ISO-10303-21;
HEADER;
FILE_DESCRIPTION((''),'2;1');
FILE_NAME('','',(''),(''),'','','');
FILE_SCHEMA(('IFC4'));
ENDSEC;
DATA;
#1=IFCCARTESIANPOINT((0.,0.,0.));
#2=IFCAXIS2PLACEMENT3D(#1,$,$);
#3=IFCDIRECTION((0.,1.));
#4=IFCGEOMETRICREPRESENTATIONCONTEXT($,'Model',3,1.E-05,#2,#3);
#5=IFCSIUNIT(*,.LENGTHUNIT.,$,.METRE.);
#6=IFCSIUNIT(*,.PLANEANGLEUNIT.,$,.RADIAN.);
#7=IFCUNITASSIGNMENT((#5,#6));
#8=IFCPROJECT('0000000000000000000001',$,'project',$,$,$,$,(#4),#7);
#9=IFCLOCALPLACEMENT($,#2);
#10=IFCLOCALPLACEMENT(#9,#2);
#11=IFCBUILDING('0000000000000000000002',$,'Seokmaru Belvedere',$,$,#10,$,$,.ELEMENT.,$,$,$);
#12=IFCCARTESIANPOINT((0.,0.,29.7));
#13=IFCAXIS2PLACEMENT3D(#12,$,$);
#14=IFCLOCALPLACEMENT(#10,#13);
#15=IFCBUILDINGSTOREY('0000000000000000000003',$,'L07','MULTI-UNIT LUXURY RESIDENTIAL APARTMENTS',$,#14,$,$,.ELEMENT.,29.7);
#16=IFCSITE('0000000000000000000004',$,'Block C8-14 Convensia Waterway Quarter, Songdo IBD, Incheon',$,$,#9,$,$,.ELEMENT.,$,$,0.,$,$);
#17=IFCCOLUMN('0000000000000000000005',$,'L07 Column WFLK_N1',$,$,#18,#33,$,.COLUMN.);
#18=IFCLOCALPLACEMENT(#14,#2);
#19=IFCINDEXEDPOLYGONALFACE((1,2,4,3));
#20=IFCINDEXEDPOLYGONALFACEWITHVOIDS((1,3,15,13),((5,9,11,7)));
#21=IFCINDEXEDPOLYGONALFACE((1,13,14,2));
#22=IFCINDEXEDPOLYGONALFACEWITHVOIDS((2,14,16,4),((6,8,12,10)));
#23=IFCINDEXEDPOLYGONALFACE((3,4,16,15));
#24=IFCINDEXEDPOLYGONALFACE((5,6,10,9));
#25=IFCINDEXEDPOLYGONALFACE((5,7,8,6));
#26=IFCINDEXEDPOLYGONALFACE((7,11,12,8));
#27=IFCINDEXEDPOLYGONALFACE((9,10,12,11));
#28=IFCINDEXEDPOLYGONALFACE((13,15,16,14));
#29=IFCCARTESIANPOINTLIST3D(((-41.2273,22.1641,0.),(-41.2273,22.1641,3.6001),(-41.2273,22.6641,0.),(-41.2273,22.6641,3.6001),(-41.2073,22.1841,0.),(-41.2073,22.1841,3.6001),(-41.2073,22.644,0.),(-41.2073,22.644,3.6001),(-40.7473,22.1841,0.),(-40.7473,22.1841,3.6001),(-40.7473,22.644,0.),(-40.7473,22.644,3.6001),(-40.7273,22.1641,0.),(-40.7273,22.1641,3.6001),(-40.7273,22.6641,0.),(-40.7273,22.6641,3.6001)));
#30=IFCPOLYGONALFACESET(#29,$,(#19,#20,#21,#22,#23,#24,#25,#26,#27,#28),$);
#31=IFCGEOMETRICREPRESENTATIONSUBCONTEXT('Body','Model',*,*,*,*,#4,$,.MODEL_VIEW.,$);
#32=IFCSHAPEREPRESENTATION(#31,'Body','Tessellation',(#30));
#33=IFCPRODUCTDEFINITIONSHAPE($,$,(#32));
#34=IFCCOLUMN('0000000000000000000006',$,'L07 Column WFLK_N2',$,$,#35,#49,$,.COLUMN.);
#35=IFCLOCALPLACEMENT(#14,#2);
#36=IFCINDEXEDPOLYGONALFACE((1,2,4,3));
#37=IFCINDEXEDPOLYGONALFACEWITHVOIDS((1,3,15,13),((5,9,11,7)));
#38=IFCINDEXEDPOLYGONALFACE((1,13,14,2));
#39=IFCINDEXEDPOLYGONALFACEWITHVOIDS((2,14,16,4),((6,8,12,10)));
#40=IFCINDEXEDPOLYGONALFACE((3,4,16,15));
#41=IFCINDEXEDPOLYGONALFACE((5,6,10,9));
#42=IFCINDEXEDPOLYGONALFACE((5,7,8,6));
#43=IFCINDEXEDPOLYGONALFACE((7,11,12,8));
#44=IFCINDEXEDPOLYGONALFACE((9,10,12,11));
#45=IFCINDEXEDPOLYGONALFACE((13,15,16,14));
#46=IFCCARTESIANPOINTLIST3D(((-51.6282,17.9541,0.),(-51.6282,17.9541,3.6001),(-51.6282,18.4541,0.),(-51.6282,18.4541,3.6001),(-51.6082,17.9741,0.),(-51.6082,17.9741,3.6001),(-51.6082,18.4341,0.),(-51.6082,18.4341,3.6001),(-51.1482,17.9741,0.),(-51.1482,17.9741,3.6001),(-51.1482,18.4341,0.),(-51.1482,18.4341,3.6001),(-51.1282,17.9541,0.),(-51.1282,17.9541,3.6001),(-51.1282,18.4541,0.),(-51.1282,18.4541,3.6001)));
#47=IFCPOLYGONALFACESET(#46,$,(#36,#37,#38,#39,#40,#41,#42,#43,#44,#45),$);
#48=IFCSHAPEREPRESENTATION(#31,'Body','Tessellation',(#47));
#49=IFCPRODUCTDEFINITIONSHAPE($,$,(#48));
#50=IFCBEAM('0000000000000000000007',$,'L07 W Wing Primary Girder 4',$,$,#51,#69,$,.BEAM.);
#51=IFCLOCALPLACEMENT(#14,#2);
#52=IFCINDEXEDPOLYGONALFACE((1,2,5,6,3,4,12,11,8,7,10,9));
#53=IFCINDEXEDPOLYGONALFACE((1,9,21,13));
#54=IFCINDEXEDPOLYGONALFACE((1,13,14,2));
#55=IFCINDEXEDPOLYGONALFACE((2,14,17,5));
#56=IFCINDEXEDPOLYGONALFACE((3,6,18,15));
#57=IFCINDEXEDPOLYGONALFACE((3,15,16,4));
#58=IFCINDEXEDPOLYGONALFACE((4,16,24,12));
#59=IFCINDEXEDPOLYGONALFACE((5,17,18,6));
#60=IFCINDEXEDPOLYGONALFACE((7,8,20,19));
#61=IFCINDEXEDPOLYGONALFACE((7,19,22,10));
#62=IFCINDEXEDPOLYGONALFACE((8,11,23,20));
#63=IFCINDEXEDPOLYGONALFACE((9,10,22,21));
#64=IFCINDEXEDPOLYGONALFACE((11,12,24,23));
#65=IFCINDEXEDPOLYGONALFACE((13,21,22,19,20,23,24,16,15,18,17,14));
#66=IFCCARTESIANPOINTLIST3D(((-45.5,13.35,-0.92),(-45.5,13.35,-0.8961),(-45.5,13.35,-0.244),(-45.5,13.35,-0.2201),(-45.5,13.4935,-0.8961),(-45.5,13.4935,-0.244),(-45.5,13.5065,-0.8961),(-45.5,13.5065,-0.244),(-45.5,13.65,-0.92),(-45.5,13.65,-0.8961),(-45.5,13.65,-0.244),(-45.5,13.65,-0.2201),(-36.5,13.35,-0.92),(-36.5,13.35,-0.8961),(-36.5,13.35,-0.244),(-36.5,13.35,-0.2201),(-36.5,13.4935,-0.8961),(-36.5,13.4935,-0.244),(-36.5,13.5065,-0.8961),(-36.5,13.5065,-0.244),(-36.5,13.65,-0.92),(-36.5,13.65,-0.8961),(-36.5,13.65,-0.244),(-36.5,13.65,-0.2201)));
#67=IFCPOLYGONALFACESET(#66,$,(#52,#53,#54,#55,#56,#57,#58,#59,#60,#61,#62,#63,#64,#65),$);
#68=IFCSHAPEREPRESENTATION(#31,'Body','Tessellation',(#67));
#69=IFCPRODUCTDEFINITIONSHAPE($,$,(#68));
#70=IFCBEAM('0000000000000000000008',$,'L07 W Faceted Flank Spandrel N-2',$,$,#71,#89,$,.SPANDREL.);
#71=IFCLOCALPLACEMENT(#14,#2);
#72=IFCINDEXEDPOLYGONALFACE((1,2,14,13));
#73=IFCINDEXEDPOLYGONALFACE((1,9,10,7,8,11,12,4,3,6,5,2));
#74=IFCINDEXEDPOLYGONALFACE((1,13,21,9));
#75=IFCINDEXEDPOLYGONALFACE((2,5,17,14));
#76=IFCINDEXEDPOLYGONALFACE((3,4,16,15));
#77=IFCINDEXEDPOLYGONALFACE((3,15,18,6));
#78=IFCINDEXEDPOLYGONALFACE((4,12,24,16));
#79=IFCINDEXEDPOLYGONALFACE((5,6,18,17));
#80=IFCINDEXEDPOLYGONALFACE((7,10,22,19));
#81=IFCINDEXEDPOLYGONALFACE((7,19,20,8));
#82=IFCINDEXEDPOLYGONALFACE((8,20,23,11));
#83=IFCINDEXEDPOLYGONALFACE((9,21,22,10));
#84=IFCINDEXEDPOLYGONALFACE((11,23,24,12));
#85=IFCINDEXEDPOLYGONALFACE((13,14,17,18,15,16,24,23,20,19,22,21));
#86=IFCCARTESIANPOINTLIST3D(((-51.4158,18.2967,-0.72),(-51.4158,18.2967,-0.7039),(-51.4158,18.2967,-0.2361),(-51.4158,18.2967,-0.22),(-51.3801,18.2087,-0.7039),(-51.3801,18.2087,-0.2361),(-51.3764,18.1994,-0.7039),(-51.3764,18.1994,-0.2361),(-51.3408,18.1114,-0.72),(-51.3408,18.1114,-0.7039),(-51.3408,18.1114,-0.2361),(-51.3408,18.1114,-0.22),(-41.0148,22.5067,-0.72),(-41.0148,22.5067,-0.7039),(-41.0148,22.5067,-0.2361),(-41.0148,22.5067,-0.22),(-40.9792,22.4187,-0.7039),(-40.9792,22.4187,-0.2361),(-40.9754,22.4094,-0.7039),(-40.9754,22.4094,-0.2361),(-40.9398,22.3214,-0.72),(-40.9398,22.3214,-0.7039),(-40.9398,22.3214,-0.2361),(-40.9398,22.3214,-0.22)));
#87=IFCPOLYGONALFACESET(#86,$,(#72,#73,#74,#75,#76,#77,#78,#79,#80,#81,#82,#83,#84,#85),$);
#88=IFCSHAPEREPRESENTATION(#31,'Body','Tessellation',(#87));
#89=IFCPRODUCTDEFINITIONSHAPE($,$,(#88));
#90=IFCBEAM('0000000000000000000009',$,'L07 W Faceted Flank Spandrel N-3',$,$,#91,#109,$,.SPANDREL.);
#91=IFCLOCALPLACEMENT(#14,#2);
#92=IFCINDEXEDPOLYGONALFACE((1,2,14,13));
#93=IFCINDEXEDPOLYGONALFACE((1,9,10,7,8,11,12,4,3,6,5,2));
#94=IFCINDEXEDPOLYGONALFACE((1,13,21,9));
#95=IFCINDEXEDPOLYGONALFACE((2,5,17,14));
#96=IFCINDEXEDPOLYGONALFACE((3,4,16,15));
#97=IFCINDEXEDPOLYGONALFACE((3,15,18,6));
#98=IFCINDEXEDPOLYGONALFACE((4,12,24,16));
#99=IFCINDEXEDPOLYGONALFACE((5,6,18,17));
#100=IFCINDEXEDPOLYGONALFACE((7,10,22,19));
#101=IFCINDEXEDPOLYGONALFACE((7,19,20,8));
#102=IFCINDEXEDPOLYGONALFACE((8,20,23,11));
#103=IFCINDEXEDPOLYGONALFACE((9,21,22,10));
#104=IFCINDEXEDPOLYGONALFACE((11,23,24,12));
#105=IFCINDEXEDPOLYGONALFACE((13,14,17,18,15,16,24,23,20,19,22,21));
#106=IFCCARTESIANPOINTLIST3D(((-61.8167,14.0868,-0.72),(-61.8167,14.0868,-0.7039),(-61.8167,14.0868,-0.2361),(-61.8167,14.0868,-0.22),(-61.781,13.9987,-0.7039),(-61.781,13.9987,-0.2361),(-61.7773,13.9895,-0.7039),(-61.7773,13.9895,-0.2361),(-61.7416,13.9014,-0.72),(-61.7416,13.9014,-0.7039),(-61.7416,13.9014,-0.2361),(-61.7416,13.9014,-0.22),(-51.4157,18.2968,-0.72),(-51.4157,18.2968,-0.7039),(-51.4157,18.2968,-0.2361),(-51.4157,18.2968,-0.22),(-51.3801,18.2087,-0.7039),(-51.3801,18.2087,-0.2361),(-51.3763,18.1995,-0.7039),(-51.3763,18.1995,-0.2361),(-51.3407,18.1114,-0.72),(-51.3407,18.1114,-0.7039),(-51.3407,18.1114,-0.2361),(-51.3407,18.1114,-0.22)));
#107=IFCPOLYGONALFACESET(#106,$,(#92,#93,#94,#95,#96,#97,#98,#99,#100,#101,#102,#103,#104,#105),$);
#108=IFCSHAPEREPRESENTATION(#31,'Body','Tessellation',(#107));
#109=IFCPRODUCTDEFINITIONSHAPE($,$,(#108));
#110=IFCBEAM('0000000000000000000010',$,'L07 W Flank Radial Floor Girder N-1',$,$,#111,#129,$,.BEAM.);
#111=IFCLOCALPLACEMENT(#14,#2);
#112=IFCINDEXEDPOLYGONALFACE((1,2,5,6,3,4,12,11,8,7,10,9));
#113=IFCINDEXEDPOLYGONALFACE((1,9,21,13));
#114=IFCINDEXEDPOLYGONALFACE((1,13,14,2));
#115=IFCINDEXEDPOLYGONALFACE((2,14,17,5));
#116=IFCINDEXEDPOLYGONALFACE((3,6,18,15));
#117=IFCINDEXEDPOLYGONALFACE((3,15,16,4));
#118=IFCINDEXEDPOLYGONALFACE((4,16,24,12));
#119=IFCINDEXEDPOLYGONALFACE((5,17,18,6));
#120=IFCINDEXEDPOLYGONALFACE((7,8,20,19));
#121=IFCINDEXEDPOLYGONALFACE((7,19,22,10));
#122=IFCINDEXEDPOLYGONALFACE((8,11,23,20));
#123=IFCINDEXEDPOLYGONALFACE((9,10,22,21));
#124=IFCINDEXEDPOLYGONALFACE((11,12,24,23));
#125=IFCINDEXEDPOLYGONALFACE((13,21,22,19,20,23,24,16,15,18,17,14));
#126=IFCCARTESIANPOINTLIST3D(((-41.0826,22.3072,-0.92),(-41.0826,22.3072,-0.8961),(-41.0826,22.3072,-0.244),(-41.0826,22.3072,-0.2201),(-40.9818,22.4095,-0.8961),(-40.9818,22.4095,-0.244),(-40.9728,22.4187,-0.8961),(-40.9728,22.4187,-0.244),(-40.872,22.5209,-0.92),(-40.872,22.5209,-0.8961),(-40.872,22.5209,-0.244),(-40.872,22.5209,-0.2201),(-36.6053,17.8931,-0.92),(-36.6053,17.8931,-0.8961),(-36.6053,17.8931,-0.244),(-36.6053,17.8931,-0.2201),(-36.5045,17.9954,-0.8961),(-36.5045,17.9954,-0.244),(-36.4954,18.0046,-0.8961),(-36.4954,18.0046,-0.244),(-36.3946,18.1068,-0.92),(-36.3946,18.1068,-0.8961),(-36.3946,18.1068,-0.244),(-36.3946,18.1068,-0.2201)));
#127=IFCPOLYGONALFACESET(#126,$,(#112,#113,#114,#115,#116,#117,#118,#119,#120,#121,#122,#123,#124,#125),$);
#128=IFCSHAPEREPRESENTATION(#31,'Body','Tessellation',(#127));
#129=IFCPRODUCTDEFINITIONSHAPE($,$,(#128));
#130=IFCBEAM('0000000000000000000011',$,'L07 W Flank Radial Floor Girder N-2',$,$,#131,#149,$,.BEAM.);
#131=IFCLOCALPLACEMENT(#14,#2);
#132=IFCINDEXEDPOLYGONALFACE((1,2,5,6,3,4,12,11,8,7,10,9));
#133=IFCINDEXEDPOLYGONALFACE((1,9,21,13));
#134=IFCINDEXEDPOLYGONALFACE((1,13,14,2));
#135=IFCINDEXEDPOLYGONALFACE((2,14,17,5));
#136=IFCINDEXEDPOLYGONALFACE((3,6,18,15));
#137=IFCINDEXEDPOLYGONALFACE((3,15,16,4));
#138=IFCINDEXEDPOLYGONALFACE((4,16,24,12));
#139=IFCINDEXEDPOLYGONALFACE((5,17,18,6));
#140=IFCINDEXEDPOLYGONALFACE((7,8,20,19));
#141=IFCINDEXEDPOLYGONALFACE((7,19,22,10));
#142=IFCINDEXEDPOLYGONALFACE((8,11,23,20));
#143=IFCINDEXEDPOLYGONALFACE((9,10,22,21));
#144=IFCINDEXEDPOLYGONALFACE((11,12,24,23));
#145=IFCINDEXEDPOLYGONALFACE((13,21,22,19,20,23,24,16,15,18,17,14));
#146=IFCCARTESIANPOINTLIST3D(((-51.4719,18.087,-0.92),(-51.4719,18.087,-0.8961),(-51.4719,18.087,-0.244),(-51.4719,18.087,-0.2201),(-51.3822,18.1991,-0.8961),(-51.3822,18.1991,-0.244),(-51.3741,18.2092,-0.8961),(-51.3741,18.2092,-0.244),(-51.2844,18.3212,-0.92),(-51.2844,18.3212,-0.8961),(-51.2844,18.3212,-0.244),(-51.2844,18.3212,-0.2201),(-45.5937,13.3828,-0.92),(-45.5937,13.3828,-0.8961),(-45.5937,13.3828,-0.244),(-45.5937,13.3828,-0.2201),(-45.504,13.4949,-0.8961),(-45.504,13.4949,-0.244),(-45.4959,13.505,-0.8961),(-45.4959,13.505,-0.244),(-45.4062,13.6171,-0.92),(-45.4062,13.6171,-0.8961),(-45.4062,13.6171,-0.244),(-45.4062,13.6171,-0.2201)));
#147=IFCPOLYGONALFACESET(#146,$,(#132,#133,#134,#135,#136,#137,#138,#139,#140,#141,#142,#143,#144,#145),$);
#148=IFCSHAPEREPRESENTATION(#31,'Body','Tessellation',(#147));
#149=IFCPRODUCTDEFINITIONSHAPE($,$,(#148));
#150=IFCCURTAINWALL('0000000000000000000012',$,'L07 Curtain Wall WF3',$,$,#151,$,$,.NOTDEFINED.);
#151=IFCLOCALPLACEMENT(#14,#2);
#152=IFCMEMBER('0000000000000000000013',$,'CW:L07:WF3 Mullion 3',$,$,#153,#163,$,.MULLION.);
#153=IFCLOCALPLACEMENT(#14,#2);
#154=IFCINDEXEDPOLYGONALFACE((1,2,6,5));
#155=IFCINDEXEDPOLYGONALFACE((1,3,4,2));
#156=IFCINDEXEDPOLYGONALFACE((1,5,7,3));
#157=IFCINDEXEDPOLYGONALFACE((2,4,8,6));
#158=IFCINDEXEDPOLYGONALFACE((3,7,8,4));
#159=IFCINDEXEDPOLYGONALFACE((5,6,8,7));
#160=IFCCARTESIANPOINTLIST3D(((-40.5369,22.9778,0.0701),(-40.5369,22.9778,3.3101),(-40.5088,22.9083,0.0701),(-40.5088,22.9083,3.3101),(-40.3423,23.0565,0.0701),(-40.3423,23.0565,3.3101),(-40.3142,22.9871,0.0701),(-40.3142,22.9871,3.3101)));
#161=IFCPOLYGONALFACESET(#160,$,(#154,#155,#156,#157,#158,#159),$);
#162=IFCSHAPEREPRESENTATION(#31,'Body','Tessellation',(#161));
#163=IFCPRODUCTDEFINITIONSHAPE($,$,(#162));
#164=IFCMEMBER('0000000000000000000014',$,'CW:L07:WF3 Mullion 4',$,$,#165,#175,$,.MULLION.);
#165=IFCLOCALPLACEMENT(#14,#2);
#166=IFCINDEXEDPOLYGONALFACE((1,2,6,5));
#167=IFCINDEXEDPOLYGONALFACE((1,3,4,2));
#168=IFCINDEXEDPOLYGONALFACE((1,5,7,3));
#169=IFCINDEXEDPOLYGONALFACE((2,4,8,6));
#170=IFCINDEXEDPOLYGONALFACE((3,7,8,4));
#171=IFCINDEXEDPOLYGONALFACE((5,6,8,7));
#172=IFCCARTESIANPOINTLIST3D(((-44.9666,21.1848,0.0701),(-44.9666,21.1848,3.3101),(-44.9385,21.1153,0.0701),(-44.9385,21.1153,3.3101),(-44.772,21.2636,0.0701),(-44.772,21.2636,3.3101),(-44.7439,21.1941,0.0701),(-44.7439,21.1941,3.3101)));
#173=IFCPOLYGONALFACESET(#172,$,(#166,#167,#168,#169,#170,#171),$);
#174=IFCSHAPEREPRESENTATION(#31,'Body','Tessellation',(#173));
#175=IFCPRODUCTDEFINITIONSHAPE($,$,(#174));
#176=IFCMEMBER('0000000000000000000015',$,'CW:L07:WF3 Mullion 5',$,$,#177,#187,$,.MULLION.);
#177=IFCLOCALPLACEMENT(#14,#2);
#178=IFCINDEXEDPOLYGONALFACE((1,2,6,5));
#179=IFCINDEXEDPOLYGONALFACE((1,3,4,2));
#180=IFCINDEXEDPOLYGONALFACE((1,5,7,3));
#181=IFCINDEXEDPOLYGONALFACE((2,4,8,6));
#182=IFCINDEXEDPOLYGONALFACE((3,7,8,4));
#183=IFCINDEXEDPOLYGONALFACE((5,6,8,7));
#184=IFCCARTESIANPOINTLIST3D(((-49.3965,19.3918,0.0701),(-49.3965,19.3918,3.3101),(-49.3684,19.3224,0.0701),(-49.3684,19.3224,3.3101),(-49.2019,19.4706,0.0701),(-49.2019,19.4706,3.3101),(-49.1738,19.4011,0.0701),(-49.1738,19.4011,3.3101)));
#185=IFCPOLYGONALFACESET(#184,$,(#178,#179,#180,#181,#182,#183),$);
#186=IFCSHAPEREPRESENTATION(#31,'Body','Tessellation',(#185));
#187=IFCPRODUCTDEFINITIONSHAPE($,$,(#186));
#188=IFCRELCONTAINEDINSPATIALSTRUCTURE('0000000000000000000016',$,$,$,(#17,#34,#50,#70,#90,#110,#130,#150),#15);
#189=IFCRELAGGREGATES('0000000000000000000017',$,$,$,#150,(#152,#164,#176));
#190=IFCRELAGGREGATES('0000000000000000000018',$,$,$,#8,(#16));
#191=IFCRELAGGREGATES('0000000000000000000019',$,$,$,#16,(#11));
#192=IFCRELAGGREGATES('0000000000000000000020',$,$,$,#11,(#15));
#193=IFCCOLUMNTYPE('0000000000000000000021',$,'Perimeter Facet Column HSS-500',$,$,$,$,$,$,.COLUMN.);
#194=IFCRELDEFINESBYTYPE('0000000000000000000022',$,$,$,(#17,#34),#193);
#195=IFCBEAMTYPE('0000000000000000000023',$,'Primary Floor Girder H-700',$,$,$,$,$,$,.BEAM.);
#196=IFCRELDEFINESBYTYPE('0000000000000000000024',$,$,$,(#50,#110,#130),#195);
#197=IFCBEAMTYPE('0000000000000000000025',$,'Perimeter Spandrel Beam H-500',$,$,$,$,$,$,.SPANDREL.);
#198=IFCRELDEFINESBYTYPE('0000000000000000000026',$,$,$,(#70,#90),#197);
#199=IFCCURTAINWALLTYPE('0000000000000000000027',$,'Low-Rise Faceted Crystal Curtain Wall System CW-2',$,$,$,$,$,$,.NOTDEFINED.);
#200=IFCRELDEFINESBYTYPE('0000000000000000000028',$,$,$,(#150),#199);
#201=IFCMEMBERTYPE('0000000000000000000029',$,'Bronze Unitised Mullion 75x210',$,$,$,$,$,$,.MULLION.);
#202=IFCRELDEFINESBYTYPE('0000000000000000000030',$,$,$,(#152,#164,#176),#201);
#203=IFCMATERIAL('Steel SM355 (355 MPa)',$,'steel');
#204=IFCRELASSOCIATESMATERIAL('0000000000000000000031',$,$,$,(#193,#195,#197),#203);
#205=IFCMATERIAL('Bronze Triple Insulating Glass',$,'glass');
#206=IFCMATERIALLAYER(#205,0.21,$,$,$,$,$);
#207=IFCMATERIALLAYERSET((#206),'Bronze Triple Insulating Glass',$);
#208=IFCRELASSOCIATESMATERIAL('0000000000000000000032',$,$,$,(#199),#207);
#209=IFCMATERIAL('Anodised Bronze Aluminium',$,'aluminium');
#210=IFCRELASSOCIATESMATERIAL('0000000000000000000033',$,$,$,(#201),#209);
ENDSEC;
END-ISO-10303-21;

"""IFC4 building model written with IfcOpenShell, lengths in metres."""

from ifc_helpers import new_model, si_unit, direction, frame, origin, origin_2d, place, context, subcontext, project, spatial, rectangle, hollow_rectangle, i_section, extrude, source, transform, mapped, material, layer, layer_set, material_profile, profile_set, type_object, type_shapes, element, aggregate, save


model = new_model("IFC4")

# Units and contexts
model_context = context("Model", 3, precision=1e-05, world=origin(), true_north=direction((0.0, 1.0)))
body_context = subcontext(model_context, "Body", "Model", "MODEL_VIEW")
ifc_project = project(units=[si_unit("LENGTHUNIT", "METRE"), si_unit("PLANEANGLEUNIT", "RADIAN")], contexts=[model_context])

# Site, building, storey
site_placement = place(None, origin())
site = spatial("IfcSite", under=ifc_project, at=site_placement, Name="Block C8-14 Convensia Waterway Quarter, Songdo IBD, Incheon", CompositionType="ELEMENT", RefElevation=0.0)
building_placement = place(site_placement, origin())
building = spatial("IfcBuilding", under=site, at=building_placement, Name="Seokmaru Belvedere", CompositionType="ELEMENT")
storey_placement = place(building_placement, frame((0.0, 0.0, 29.7)))
storey = spatial("IfcBuildingStorey", under=building, at=storey_placement, Name="L07", Description="MULTI-UNIT LUXURY RESIDENTIAL APARTMENTS", CompositionType="ELEMENT", Elevation=29.7)

# Columns
ifc_material_1 = material(Name="Steel SM355 (355 MPa)", Category="steel")
ifc_material_profile_1 = material_profile(ifc_material_1, hollow_rectangle(XDim=0.5, YDim=0.5, WallThickness=0.02, at=origin_2d()), Name="HSS-500x500x20")
ifc_profile_set_1 = profile_set([ifc_material_profile_1], Name="Steel SM355 (355 MPa)")
column_type = type_object("IfcColumnType", Name="Perimeter Facet Column HSS-500", PredefinedType="COLUMN", material=ifc_profile_set_1)
shared_shape_1 = source(origin(), body_context, "Body", "SweptSolid", [
    extrude(hollow_rectangle(XDim=0.5, YDim=0.5, WallThickness=0.02, at=origin_2d()), origin(), (0.0, 0.0, 1.0), 3.6001),
])
type_shapes(column_type, [shared_shape_1])
for number, where, z_axis, x_axis, name in (
    (1, (-40.9773, 22.4141, 0.0), (0.0, 0.0, 1.0), (1.0, 0.0, 0.0), "L07 Column WFLK_N1"),
    (2, (-51.3782, 18.2041, 0.0), (0.0, 0.0, 1.0), (1.0, 0.0, 0.0), "L07 Column WFLK_N2"),
):
    element("IfcColumn", number, at=place(storey_placement, frame(where, z_axis=z_axis, x_axis=x_axis)), inside=storey, type_object=column_type, Name=name, PredefinedType="COLUMN", context=body_context, shape_type="MappedRepresentation", body=[
        mapped(shared_shape_1, transform((0.0, 0.0, 0.0), scale=1.0)),
    ])

# Beams
ifc_material_profile_2 = material_profile(ifc_material_1, i_section(OverallWidth=0.3, OverallDepth=0.7, WebThickness=0.0129, FlangeThickness=0.0239, at=origin_2d()), Name="H-700x300x13x24")
ifc_profile_set_2 = profile_set([ifc_material_profile_2], Name="Steel SM355 (355 MPa)")
beam_type_1 = type_object("IfcBeamType", Name="Primary Floor Girder H-700", PredefinedType="BEAM", material=ifc_profile_set_2)
shared_shape_2 = source(origin(), body_context, "Body", "SweptSolid", [
    extrude(i_section(OverallWidth=0.3, OverallDepth=0.7, WebThickness=0.0129, FlangeThickness=0.0239, at=origin_2d()), origin(), (0.0, 0.0, 1.0), 9.0),
])
beam_1_placement = place(storey_placement, frame((-45.5, 13.5, -0.5701), z_axis=(1.0, 0.0, 0.0), x_axis=(0.0, 1.0, 0.0)))
element("IfcBeam", 3, at=beam_1_placement, inside=storey, type_object=beam_type_1, Name="L07 W Wing Primary Girder 4", PredefinedType="BEAM", context=body_context, shape_type="MappedRepresentation", body=[
    mapped(shared_shape_2, transform((0.0, 0.0, 0.0), scale=1.0)),
])
ifc_material_profile_3 = material_profile(ifc_material_1, i_section(OverallWidth=0.2, OverallDepth=0.5, WebThickness=0.01, FlangeThickness=0.0161, at=origin_2d()), Name="H-500x200x10x16")
ifc_profile_set_3 = profile_set([ifc_material_profile_3], Name="Steel SM355 (355 MPa)")
beam_type_2 = type_object("IfcBeamType", Name="Perimeter Spandrel Beam H-500", PredefinedType="SPANDREL", material=ifc_profile_set_3)
shared_shape_3 = source(origin(), body_context, "Body", "SweptSolid", [
    extrude(i_section(OverallWidth=0.2, OverallDepth=0.5, WebThickness=0.01, FlangeThickness=0.0161, at=origin_2d()), origin(), (0.0, 0.0, 1.0), 11.2207),
])
type_shapes(beam_type_2, [shared_shape_3])
for number, where, z_axis, x_axis, name in (
    (4, (-40.9773, 22.4141, -0.47), (-0.926944, -0.375199, 0.0), (0.375199, -0.926944, 0.0), "L07 W Faceted Flank Spandrel N-2"),
    (5, (-51.3782, 18.2041, -0.47), (-0.926944, -0.375199, 0.0), (0.375199, -0.926944, 0.0), "L07 W Faceted Flank Spandrel N-3"),
):
    element("IfcBeam", number, at=place(storey_placement, frame(where, z_axis=z_axis, x_axis=x_axis)), inside=storey, type_object=beam_type_2, Name=name, PredefinedType="SPANDREL", context=body_context, shape_type="MappedRepresentation", body=[
        mapped(shared_shape_3, transform((0.0, 0.0, 0.0), scale=1.0)),
    ])
shared_shape_4 = source(origin(), body_context, "Body", "SweptSolid", [
    extrude(i_section(OverallWidth=0.3, OverallDepth=0.7, WebThickness=0.0129, FlangeThickness=0.0239, at=origin_2d()), origin(), (0.0, 0.0, 1.0), 6.2874),
])
beam_2_placement = place(storey_placement, frame((-40.9773, 22.4141, -0.5701), z_axis=(0.712117, -0.70206, 0.0), x_axis=(0.70206, 0.712117, 0.0)))
element("IfcBeam", 6, at=beam_2_placement, inside=storey, type_object=beam_type_1, Name="L07 W Flank Radial Floor Girder N-1", PredefinedType="BEAM", context=body_context, shape_type="MappedRepresentation", body=[
    mapped(shared_shape_4, transform((0.0, 0.0, 0.0), scale=1.0)),
])
shared_shape_5 = source(origin(), body_context, "Body", "SweptSolid", [
    extrude(i_section(OverallWidth=0.3, OverallDepth=0.7, WebThickness=0.0129, FlangeThickness=0.0239, at=origin_2d()), origin(), (0.0, 0.0, 1.0), 7.5288),
])
type_shapes(beam_type_1, [shared_shape_2, shared_shape_4, shared_shape_5])
beam_3_placement = place(storey_placement, frame((-51.3782, 18.2041, -0.5701), z_axis=(0.780768, -0.624822, 0.0), x_axis=(0.624822, 0.780768, 0.0)))
element("IfcBeam", 7, at=beam_3_placement, inside=storey, type_object=beam_type_1, Name="L07 W Flank Radial Floor Girder N-2", PredefinedType="BEAM", context=body_context, shape_type="MappedRepresentation", body=[
    mapped(shared_shape_5, transform((0.0, 0.0, 0.0), scale=1.0)),
])

# Curtain wall, members
ifc_material_2 = material(Name="Bronze Triple Insulating Glass", Category="glass")
ifc_layer_1 = layer(ifc_material_2, 0.21)
ifc_layer_set_1 = layer_set([ifc_layer_1], Name="Bronze Triple Insulating Glass")
curtain_wall_type = type_object("IfcCurtainWallType", Name="Low-Rise Faceted Crystal Curtain Wall System CW-2", PredefinedType="NOTDEFINED", material=ifc_layer_set_1)
curtain_wall_placement = place(storey_placement, origin())
curtain_wall = element("IfcCurtainWall", 8, at=curtain_wall_placement, inside=storey, type_object=curtain_wall_type, Name="L07 Curtain Wall WF3", PredefinedType="NOTDEFINED")
ifc_material_3 = material(Name="Anodised Bronze Aluminium", Category="aluminium")
ifc_material_profile_4 = material_profile(ifc_material_3, rectangle(XDim=0.075, YDim=0.21, at=origin_2d()), Name="CW-M-75x210")
ifc_profile_set_4 = profile_set([ifc_material_profile_4], Name="Anodised Bronze Aluminium")
member_type = type_object("IfcMemberType", Name="Bronze Unitised Mullion 75x210", PredefinedType="MULLION", material=ifc_profile_set_4)
shared_shape_6 = source(origin(), body_context, "Body", "SweptSolid", [
    extrude(rectangle(XDim=0.075, YDim=0.21, at=origin_2d()), origin(), (0.0, 0.0, 1.0), 3.24),
])
type_shapes(member_type, [shared_shape_6])
member_1_placement = place(storey_placement, frame((-40.4255, 22.9824, 0.0701), z_axis=(0.0, 0.0, 1.0), x_axis=(0.375192, -0.926947, 0.0)))
member_1 = element("IfcMember", 9, at=member_1_placement, type_object=member_type, Name="CW:L07:WF3 Mullion 3", PredefinedType="MULLION", context=body_context, shape_type="MappedRepresentation", body=[
    mapped(shared_shape_6, transform((0.0, 0.0, 0.0), scale=1.0)),
])
member_2_placement = place(storey_placement, frame((-44.8552, 21.1895, 0.0701), z_axis=(0.0, 0.0, 1.0), x_axis=(0.375192, -0.926947, 0.0)))
member_2 = element("IfcMember", 10, at=member_2_placement, type_object=member_type, Name="CW:L07:WF3 Mullion 4", PredefinedType="MULLION", context=body_context, shape_type="MappedRepresentation", body=[
    mapped(shared_shape_6, transform((0.0, 0.0, 0.0), scale=1.0)),
])
member_3_placement = place(storey_placement, frame((-49.2852, 19.3965, 0.0701), z_axis=(0.0, 0.0, 1.0), x_axis=(0.375192, -0.926947, 0.0)))
member_3 = element("IfcMember", 11, at=member_3_placement, type_object=member_type, Name="CW:L07:WF3 Mullion 5", PredefinedType="MULLION", context=body_context, shape_type="MappedRepresentation", body=[
    mapped(shared_shape_6, transform((0.0, 0.0, 0.0), scale=1.0)),
])
aggregate(curtain_wall, [member_1, member_2, member_3])

save(model, "model.ifc")
